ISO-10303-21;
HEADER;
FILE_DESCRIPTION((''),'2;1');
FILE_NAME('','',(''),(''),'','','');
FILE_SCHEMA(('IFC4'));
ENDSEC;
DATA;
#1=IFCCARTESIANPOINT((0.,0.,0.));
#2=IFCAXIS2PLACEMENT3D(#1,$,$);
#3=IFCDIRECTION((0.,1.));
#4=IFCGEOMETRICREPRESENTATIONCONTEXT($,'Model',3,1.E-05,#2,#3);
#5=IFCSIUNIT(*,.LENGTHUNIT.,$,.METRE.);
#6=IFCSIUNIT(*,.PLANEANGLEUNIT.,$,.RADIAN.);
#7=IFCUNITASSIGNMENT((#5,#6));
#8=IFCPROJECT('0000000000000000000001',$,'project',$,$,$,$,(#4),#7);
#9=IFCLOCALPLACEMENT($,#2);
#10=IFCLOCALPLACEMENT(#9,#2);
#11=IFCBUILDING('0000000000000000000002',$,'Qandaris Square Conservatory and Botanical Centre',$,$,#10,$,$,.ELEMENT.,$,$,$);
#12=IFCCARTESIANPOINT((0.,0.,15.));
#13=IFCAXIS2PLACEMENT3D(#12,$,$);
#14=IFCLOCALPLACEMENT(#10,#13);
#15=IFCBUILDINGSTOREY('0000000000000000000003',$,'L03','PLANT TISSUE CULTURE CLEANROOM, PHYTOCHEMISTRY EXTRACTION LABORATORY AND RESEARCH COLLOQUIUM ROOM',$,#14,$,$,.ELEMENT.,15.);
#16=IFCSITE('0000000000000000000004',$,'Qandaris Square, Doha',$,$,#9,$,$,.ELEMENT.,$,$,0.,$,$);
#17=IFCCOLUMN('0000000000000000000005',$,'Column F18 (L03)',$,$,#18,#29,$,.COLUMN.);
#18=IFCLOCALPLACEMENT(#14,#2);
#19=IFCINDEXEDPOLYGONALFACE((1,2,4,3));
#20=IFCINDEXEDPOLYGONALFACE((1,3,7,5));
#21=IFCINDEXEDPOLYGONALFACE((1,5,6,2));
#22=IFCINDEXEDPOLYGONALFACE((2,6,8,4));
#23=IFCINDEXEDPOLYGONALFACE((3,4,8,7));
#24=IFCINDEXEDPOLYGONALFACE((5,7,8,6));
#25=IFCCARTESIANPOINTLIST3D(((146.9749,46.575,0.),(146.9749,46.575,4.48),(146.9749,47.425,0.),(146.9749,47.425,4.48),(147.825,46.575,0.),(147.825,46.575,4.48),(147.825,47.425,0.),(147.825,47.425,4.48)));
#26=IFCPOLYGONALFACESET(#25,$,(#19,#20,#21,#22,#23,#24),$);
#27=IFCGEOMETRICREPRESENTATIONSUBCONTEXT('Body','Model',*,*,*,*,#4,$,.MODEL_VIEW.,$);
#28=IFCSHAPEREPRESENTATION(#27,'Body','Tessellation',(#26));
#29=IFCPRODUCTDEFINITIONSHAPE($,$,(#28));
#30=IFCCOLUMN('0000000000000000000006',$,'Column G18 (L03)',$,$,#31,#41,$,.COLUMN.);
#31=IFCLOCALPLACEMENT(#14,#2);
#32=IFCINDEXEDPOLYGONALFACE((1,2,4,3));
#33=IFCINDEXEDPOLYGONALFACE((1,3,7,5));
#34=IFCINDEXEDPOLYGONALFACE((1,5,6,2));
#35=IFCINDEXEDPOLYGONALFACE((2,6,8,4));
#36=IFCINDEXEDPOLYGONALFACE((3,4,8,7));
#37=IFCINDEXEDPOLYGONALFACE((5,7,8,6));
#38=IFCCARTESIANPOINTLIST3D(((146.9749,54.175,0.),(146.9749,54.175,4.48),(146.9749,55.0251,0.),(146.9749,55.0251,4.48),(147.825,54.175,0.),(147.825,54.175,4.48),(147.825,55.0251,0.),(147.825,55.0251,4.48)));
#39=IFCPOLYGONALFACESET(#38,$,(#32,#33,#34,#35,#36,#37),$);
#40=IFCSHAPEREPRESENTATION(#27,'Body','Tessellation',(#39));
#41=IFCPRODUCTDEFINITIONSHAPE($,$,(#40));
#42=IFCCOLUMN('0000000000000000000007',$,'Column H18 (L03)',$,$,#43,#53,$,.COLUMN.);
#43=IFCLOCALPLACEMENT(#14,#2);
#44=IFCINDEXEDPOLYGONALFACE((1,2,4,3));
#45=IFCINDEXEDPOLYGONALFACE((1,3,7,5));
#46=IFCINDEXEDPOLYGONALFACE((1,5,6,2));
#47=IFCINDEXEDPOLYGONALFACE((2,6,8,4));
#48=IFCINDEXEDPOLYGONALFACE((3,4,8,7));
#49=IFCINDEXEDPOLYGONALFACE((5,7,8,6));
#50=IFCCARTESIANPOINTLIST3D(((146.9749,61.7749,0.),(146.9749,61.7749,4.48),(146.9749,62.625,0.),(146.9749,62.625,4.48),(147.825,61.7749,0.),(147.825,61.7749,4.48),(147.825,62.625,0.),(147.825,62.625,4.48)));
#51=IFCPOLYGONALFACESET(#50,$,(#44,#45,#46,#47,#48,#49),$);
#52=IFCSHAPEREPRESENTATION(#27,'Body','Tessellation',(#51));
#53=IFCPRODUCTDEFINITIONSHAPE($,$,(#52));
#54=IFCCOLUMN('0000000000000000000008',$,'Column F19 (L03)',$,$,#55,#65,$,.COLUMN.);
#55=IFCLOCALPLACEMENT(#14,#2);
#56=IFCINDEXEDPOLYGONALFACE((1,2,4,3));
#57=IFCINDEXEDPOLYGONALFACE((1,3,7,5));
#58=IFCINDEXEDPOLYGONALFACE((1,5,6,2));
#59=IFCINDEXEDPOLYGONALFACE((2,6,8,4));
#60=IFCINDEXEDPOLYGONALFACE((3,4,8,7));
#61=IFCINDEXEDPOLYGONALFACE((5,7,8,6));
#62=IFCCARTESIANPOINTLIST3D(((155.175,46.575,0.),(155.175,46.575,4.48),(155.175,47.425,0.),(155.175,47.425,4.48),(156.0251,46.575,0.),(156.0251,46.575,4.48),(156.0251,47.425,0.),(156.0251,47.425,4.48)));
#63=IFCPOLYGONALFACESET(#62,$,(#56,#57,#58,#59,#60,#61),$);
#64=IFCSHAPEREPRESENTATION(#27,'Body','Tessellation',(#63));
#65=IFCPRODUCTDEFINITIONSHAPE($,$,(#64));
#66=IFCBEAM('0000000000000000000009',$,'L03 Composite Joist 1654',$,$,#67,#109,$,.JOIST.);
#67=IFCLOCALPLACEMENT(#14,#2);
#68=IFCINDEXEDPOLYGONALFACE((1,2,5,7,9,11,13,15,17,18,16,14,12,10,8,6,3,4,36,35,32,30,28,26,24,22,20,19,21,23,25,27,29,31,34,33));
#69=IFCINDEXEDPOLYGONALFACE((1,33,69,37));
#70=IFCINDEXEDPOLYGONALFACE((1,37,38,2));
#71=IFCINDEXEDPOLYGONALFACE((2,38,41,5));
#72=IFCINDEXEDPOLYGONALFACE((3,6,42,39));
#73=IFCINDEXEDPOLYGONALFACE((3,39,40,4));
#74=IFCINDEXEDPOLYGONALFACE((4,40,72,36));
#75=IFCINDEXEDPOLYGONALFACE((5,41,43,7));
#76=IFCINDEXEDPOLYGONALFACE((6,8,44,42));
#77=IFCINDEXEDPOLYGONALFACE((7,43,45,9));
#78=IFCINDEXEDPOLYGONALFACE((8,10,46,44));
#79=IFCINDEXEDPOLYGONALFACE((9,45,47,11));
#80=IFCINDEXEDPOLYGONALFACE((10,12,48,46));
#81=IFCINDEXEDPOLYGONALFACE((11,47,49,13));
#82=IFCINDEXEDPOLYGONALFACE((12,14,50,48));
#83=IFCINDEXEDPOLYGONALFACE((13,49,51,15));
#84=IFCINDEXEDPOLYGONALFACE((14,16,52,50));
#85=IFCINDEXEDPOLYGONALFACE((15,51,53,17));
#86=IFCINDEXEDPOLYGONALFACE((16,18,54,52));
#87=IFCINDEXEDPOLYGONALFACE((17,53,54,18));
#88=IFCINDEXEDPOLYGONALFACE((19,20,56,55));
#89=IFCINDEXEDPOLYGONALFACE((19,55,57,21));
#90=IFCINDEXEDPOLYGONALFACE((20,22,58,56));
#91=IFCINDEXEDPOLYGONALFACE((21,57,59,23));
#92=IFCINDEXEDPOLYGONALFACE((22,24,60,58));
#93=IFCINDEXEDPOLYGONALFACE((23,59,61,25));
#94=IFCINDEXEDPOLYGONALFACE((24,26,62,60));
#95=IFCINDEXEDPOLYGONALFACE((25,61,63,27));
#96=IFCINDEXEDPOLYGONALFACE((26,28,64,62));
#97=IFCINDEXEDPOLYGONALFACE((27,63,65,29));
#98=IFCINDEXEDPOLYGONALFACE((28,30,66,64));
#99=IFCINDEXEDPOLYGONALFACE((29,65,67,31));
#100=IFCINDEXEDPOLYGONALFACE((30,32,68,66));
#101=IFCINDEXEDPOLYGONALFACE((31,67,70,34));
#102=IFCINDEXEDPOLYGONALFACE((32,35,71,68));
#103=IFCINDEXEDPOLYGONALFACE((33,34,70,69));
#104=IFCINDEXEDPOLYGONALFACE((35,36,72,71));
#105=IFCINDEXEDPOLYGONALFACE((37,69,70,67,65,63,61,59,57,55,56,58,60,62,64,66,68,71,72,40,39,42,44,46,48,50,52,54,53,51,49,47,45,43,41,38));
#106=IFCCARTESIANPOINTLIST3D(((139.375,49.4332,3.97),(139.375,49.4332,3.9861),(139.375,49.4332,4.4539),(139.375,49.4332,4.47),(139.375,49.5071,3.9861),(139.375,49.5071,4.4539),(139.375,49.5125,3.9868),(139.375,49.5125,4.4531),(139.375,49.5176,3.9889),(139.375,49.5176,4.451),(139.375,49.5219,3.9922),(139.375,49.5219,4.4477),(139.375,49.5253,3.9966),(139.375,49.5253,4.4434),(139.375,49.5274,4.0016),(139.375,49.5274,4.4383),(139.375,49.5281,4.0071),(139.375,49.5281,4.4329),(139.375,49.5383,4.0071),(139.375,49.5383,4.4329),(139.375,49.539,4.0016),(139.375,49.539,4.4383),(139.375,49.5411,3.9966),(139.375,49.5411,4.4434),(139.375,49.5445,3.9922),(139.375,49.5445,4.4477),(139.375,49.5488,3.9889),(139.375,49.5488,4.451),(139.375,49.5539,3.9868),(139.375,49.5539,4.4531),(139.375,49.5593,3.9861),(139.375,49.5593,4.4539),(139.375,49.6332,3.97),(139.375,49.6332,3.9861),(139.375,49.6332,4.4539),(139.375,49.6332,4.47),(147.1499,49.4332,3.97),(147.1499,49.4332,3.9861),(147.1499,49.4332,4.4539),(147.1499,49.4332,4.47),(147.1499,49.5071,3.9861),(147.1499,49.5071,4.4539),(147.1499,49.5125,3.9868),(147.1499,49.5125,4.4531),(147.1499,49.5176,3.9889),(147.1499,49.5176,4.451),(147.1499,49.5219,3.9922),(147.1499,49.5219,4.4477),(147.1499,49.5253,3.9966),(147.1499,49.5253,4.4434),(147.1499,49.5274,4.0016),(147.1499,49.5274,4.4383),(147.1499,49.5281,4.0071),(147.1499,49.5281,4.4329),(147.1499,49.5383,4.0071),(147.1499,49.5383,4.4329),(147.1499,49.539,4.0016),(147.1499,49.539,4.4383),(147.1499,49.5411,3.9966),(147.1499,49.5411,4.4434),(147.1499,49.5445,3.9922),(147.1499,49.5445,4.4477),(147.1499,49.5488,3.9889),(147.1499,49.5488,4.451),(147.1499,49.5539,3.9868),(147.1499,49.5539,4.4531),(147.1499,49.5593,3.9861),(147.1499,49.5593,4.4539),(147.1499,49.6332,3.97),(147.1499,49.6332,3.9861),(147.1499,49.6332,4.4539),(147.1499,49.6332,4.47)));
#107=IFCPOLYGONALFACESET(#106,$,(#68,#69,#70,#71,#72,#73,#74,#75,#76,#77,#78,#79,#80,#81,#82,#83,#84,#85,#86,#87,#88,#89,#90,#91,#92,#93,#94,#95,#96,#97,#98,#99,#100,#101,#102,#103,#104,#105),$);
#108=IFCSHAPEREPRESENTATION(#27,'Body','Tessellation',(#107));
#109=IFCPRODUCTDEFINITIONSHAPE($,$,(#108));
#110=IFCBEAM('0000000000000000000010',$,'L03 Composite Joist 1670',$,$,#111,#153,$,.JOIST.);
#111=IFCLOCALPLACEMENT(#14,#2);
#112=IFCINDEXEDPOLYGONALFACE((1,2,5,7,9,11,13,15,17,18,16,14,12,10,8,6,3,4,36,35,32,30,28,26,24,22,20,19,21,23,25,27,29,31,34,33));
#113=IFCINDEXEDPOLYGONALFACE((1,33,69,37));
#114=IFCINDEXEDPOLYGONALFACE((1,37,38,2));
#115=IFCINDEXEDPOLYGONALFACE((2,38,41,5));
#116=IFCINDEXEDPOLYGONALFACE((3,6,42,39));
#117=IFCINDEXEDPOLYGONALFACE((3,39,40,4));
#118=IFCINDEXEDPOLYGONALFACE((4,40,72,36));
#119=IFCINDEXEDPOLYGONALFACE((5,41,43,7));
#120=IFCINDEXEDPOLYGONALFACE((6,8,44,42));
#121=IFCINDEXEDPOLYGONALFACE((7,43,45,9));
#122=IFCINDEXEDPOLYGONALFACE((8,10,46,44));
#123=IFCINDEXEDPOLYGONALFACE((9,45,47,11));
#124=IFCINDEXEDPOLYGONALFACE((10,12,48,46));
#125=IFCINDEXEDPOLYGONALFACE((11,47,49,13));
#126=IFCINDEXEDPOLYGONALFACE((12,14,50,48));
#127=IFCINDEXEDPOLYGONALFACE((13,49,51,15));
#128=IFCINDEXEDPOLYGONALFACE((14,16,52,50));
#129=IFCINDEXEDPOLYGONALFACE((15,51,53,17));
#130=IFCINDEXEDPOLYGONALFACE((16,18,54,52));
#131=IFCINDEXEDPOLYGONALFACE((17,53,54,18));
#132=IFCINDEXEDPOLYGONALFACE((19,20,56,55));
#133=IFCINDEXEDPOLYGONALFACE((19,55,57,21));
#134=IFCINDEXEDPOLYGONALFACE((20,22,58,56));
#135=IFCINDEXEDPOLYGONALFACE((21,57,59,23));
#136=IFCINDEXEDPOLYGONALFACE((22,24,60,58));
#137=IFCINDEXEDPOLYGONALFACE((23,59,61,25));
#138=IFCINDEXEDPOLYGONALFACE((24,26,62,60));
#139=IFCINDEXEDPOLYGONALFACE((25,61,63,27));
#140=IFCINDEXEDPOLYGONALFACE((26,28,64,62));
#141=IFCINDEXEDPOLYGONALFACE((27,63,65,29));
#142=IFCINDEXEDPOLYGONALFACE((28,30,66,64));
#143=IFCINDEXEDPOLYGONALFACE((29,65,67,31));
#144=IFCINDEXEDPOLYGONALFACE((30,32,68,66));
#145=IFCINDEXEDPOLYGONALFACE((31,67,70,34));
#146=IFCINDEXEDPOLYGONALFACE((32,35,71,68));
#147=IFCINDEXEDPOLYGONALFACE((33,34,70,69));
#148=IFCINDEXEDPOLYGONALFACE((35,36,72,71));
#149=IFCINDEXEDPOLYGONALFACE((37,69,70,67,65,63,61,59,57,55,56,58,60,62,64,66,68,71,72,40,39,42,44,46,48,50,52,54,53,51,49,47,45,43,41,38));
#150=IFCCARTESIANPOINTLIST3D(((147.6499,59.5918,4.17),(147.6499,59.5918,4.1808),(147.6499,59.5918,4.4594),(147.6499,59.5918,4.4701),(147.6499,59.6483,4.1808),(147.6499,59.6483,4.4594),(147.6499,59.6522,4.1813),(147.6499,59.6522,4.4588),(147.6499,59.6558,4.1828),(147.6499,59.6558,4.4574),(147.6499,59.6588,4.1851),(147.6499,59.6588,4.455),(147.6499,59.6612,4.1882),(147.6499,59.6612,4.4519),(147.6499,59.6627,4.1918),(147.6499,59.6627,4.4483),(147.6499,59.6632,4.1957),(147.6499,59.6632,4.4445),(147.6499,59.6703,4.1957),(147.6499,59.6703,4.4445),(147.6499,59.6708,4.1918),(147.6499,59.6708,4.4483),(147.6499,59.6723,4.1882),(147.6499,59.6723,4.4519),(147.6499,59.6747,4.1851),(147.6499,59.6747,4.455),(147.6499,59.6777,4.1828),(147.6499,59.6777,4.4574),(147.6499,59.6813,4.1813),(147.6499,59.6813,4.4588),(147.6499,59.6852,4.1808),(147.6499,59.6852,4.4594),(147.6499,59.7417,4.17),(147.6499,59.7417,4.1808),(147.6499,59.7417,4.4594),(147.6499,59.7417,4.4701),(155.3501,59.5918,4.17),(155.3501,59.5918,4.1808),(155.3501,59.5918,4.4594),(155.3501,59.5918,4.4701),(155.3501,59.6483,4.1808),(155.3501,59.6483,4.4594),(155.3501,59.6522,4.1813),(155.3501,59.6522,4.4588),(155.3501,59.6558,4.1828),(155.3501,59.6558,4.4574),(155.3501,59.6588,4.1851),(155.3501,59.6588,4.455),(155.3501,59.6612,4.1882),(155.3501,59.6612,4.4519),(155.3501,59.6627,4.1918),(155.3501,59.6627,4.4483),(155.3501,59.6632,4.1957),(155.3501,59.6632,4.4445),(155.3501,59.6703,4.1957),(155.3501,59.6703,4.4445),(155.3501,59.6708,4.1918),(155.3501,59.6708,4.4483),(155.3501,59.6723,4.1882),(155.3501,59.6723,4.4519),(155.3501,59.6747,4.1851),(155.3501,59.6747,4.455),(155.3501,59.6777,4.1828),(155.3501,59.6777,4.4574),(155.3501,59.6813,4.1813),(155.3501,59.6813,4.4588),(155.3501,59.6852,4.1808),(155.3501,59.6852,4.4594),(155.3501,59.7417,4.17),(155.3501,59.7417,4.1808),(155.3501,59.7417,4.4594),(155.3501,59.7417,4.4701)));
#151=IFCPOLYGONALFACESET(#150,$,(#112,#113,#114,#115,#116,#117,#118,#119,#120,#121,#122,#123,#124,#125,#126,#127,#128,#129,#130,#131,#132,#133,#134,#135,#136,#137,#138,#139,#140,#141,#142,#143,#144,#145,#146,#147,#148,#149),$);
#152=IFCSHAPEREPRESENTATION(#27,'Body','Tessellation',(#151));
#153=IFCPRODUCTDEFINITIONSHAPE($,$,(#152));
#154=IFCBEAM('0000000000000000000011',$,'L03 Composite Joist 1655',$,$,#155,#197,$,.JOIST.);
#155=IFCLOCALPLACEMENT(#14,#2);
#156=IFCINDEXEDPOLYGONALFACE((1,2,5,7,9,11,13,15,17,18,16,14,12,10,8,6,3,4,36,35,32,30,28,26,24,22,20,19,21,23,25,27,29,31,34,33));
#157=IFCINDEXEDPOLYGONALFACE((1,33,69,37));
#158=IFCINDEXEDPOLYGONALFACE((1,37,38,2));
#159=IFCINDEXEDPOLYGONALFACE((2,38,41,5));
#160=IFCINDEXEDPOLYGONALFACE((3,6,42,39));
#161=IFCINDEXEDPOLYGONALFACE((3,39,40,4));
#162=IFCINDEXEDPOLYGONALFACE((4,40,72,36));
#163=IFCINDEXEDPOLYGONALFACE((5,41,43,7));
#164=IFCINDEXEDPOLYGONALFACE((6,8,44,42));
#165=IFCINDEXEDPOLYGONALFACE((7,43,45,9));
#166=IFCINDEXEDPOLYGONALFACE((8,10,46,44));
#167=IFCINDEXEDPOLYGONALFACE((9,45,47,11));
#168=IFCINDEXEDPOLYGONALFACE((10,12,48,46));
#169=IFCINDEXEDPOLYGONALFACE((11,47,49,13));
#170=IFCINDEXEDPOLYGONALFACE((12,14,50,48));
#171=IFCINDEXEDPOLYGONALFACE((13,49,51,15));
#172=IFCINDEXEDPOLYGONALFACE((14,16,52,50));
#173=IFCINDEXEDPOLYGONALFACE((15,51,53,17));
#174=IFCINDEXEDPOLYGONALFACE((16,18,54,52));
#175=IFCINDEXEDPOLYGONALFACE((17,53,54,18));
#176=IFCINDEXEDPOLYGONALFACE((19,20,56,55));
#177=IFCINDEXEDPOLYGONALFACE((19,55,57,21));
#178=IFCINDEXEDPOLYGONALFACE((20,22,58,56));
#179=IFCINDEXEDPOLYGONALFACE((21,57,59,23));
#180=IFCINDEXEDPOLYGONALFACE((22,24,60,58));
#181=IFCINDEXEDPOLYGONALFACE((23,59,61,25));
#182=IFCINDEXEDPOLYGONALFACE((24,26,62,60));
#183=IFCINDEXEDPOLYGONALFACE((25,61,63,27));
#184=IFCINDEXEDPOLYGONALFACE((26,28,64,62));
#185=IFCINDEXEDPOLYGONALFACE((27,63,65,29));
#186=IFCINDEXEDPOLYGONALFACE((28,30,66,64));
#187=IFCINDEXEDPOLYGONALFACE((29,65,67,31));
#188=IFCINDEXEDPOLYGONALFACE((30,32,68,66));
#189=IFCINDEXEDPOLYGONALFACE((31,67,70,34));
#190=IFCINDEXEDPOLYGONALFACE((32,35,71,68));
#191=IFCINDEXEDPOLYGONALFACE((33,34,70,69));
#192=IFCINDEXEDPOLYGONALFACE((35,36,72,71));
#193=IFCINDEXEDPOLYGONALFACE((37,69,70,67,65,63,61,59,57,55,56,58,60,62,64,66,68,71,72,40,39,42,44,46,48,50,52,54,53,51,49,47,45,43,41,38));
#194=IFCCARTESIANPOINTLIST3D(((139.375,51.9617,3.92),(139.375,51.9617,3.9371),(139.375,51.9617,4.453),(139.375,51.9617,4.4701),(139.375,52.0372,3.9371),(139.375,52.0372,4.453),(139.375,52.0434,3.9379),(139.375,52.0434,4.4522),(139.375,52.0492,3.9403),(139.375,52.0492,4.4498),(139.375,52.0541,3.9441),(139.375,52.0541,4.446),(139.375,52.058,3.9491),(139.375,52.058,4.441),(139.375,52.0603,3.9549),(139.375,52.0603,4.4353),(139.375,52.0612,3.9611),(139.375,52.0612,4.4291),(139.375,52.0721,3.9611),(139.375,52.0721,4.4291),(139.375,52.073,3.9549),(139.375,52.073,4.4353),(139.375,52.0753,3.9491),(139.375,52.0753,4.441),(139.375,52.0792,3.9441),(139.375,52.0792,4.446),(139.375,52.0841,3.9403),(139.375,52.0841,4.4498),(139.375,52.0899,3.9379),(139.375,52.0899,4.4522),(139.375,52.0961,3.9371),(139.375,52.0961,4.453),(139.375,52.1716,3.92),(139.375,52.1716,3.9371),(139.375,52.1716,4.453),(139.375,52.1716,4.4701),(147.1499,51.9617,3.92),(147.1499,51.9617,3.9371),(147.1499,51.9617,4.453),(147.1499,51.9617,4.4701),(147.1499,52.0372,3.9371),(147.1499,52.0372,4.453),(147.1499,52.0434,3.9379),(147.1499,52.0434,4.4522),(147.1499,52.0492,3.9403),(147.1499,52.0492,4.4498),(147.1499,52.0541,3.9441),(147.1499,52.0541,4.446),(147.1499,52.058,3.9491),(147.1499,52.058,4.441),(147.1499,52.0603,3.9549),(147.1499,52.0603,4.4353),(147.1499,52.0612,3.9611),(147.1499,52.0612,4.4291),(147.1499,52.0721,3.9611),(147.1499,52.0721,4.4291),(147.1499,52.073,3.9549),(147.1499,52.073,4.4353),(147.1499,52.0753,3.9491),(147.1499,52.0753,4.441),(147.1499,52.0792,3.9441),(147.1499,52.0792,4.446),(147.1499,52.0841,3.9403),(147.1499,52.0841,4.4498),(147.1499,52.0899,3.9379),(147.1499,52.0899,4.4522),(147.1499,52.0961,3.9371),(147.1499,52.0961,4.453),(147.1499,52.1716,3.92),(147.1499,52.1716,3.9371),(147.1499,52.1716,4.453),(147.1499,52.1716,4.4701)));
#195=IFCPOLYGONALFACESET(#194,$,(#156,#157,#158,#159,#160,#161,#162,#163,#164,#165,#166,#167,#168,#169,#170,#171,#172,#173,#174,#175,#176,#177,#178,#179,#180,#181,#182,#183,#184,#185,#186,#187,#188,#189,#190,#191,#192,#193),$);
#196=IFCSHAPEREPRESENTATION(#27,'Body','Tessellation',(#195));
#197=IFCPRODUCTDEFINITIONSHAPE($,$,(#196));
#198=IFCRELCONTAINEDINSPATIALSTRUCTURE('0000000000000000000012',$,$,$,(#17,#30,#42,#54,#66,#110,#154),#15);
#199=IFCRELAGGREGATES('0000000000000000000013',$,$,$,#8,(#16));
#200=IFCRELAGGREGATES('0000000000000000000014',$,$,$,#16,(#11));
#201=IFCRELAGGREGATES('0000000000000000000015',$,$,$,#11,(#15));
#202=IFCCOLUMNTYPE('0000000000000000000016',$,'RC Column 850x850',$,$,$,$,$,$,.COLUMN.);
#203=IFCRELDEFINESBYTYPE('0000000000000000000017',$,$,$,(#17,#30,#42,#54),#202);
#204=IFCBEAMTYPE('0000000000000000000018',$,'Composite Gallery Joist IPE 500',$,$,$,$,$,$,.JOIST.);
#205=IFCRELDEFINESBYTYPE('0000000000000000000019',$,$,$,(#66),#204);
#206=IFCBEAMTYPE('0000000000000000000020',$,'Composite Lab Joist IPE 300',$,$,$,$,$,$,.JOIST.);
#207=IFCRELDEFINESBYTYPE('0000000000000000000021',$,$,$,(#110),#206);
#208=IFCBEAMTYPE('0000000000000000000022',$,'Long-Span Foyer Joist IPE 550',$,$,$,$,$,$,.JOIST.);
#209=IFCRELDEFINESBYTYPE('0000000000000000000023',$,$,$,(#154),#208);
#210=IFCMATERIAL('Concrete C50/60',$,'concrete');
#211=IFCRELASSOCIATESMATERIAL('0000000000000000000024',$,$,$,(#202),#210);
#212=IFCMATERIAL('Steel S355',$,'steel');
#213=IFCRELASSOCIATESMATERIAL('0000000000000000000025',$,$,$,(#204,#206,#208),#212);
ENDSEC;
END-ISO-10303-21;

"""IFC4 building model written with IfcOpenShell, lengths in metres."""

from ifc_helpers import new_model, si_unit, direction, frame, origin, origin_2d, place, context, subcontext, project, spatial, rectangle, i_section, extrude, material, material_profile, profile_set, type_object, element, save


model = new_model("IFC4")

# Units and contexts
model_context = context("Model", 3, precision=1e-05, world=origin(), true_north=direction((0.0, 1.0)))
body_context = subcontext(model_context, "Body", "Model", "MODEL_VIEW")
ifc_project = project(units=[si_unit("LENGTHUNIT", "METRE"), si_unit("PLANEANGLEUNIT", "RADIAN")], contexts=[model_context])

# Site, building, storey
site_placement = place(None, origin())
site = spatial("IfcSite", under=ifc_project, at=site_placement, Name="Qandaris Square, Doha", CompositionType="ELEMENT", RefElevation=0.0)
building_placement = place(site_placement, origin())
building = spatial("IfcBuilding", under=site, at=building_placement, Name="Qandaris Square Conservatory and Botanical Centre", CompositionType="ELEMENT")
storey_placement = place(building_placement, frame((0.0, 0.0, 15.0)))
storey = spatial("IfcBuildingStorey", under=building, at=storey_placement, Name="L03", Description="PLANT TISSUE CULTURE CLEANROOM, PHYTOCHEMISTRY EXTRACTION LABORATORY AND RESEARCH COLLOQUIUM ROOM", CompositionType="ELEMENT", Elevation=15.0)

# Columns
ifc_material_1 = material(Name="Concrete C50/60", Category="concrete")
ifc_material_profile_1 = material_profile(ifc_material_1, rectangle(XDim=0.8501, YDim=0.8501, at=origin_2d()), Name="RC-COL 850x850")
ifc_profile_set_1 = profile_set([ifc_material_profile_1], Name="Concrete C50/60")
column_type = type_object("IfcColumnType", Name="RC Column 850x850", PredefinedType="COLUMN", material=ifc_profile_set_1)
for number, where, z_axis, x_axis, name in (
    (1, (147.3999, 47.0, 0.0), (0.0, 0.0, 1.0), (1.0, 0.0, 0.0), "Column F18 (L03)"),
    (2, (147.3999, 54.6001, 0.0), (0.0, 0.0, 1.0), (1.0, 0.0, 0.0), "Column G18 (L03)"),
    (3, (147.3999, 62.2, 0.0), (0.0, 0.0, 1.0), (1.0, 0.0, 0.0), "Column H18 (L03)"),
    (4, (155.6001, 47.0, 0.0), (0.0, 0.0, 1.0), (1.0, 0.0, 0.0), "Column F19 (L03)"),
):
    element("IfcColumn", number, at=place(storey_placement, frame(where, z_axis=z_axis, x_axis=x_axis)), inside=storey, type_object=column_type, Name=name, PredefinedType="COLUMN", context=body_context, shape_type="SweptSolid", body=[
        extrude(rectangle(XDim=0.8501, YDim=0.8501, at=origin_2d()), origin(), (0.0, 0.0, 1.0), 4.48),
    ])

# Beams
ifc_material_2 = material(Name="Steel S355", Category="steel")
ifc_material_profile_2 = material_profile(ifc_material_2, i_section(OverallWidth=0.2, OverallDepth=0.5, WebThickness=0.0103, FlangeThickness=0.0161, FilletRadius=0.021, at=origin_2d()), Name="IPE 500")
ifc_profile_set_2 = profile_set([ifc_material_profile_2], Name="Steel S355")
beam_type_1 = type_object("IfcBeamType", Name="Composite Gallery Joist IPE 500", PredefinedType="JOIST", material=ifc_profile_set_2)
beam_1_placement = place(storey_placement, frame((139.375, 49.5332, 4.22), z_axis=(1.0, 0.0, 0.0), x_axis=(0.0, 1.0, 0.0)))
element("IfcBeam", 5, at=beam_1_placement, inside=storey, type_object=beam_type_1, Name="L03 Composite Joist 1654", PredefinedType="JOIST", context=body_context, shape_type="SweptSolid", body=[
    extrude(i_section(OverallWidth=0.2, OverallDepth=0.5, WebThickness=0.0103, FlangeThickness=0.0161, FilletRadius=0.021, at=origin_2d()), origin(), (0.0, 0.0, 1.0), 7.7749),
])
ifc_material_profile_3 = material_profile(ifc_material_2, i_section(OverallWidth=0.1499, OverallDepth=0.3, WebThickness=0.0071, FlangeThickness=0.0107, FilletRadius=0.0149, at=origin_2d()), Name="IPE 300")
ifc_profile_set_3 = profile_set([ifc_material_profile_3], Name="Steel S355")
beam_type_2 = type_object("IfcBeamType", Name="Composite Lab Joist IPE 300", PredefinedType="JOIST", material=ifc_profile_set_3)
beam_2_placement = place(storey_placement, frame((147.6499, 59.6667, 4.3201), z_axis=(1.0, 0.0, 0.0), x_axis=(0.0, 1.0, 0.0)))
element("IfcBeam", 6, at=beam_2_placement, inside=storey, type_object=beam_type_2, Name="L03 Composite Joist 1670", PredefinedType="JOIST", context=body_context, shape_type="SweptSolid", body=[
    extrude(i_section(OverallWidth=0.1499, OverallDepth=0.3, WebThickness=0.0071, FlangeThickness=0.0107, FilletRadius=0.0149, at=origin_2d()), origin(), (0.0, 0.0, 1.0), 7.7002),
])
ifc_material_profile_4 = material_profile(ifc_material_2, i_section(OverallWidth=0.21, OverallDepth=0.55, WebThickness=0.011, FlangeThickness=0.0171, FilletRadius=0.0239, at=origin_2d()), Name="IPE 550")
ifc_profile_set_4 = profile_set([ifc_material_profile_4], Name="Steel S355")
beam_type_3 = type_object("IfcBeamType", Name="Long-Span Foyer Joist IPE 550", PredefinedType="JOIST", material=ifc_profile_set_4)
for number, where, z_axis, x_axis, name in (
    (7, (139.375, 52.0667, 4.1951), (1.0, 0.0, 0.0), (0.0, 1.0, 0.0), "L03 Composite Joist 1655"),
):
    element("IfcBeam", number, at=place(storey_placement, frame(where, z_axis=z_axis, x_axis=x_axis)), inside=storey, type_object=beam_type_3, Name=name, PredefinedType="JOIST", context=body_context, shape_type="SweptSolid", body=[
        extrude(i_section(OverallWidth=0.21, OverallDepth=0.55, WebThickness=0.011, FlangeThickness=0.0171, FilletRadius=0.0239, at=origin_2d()), origin(), (0.0, 0.0, 1.0), 7.7749),
    ])

save(model, "model.ifc")
